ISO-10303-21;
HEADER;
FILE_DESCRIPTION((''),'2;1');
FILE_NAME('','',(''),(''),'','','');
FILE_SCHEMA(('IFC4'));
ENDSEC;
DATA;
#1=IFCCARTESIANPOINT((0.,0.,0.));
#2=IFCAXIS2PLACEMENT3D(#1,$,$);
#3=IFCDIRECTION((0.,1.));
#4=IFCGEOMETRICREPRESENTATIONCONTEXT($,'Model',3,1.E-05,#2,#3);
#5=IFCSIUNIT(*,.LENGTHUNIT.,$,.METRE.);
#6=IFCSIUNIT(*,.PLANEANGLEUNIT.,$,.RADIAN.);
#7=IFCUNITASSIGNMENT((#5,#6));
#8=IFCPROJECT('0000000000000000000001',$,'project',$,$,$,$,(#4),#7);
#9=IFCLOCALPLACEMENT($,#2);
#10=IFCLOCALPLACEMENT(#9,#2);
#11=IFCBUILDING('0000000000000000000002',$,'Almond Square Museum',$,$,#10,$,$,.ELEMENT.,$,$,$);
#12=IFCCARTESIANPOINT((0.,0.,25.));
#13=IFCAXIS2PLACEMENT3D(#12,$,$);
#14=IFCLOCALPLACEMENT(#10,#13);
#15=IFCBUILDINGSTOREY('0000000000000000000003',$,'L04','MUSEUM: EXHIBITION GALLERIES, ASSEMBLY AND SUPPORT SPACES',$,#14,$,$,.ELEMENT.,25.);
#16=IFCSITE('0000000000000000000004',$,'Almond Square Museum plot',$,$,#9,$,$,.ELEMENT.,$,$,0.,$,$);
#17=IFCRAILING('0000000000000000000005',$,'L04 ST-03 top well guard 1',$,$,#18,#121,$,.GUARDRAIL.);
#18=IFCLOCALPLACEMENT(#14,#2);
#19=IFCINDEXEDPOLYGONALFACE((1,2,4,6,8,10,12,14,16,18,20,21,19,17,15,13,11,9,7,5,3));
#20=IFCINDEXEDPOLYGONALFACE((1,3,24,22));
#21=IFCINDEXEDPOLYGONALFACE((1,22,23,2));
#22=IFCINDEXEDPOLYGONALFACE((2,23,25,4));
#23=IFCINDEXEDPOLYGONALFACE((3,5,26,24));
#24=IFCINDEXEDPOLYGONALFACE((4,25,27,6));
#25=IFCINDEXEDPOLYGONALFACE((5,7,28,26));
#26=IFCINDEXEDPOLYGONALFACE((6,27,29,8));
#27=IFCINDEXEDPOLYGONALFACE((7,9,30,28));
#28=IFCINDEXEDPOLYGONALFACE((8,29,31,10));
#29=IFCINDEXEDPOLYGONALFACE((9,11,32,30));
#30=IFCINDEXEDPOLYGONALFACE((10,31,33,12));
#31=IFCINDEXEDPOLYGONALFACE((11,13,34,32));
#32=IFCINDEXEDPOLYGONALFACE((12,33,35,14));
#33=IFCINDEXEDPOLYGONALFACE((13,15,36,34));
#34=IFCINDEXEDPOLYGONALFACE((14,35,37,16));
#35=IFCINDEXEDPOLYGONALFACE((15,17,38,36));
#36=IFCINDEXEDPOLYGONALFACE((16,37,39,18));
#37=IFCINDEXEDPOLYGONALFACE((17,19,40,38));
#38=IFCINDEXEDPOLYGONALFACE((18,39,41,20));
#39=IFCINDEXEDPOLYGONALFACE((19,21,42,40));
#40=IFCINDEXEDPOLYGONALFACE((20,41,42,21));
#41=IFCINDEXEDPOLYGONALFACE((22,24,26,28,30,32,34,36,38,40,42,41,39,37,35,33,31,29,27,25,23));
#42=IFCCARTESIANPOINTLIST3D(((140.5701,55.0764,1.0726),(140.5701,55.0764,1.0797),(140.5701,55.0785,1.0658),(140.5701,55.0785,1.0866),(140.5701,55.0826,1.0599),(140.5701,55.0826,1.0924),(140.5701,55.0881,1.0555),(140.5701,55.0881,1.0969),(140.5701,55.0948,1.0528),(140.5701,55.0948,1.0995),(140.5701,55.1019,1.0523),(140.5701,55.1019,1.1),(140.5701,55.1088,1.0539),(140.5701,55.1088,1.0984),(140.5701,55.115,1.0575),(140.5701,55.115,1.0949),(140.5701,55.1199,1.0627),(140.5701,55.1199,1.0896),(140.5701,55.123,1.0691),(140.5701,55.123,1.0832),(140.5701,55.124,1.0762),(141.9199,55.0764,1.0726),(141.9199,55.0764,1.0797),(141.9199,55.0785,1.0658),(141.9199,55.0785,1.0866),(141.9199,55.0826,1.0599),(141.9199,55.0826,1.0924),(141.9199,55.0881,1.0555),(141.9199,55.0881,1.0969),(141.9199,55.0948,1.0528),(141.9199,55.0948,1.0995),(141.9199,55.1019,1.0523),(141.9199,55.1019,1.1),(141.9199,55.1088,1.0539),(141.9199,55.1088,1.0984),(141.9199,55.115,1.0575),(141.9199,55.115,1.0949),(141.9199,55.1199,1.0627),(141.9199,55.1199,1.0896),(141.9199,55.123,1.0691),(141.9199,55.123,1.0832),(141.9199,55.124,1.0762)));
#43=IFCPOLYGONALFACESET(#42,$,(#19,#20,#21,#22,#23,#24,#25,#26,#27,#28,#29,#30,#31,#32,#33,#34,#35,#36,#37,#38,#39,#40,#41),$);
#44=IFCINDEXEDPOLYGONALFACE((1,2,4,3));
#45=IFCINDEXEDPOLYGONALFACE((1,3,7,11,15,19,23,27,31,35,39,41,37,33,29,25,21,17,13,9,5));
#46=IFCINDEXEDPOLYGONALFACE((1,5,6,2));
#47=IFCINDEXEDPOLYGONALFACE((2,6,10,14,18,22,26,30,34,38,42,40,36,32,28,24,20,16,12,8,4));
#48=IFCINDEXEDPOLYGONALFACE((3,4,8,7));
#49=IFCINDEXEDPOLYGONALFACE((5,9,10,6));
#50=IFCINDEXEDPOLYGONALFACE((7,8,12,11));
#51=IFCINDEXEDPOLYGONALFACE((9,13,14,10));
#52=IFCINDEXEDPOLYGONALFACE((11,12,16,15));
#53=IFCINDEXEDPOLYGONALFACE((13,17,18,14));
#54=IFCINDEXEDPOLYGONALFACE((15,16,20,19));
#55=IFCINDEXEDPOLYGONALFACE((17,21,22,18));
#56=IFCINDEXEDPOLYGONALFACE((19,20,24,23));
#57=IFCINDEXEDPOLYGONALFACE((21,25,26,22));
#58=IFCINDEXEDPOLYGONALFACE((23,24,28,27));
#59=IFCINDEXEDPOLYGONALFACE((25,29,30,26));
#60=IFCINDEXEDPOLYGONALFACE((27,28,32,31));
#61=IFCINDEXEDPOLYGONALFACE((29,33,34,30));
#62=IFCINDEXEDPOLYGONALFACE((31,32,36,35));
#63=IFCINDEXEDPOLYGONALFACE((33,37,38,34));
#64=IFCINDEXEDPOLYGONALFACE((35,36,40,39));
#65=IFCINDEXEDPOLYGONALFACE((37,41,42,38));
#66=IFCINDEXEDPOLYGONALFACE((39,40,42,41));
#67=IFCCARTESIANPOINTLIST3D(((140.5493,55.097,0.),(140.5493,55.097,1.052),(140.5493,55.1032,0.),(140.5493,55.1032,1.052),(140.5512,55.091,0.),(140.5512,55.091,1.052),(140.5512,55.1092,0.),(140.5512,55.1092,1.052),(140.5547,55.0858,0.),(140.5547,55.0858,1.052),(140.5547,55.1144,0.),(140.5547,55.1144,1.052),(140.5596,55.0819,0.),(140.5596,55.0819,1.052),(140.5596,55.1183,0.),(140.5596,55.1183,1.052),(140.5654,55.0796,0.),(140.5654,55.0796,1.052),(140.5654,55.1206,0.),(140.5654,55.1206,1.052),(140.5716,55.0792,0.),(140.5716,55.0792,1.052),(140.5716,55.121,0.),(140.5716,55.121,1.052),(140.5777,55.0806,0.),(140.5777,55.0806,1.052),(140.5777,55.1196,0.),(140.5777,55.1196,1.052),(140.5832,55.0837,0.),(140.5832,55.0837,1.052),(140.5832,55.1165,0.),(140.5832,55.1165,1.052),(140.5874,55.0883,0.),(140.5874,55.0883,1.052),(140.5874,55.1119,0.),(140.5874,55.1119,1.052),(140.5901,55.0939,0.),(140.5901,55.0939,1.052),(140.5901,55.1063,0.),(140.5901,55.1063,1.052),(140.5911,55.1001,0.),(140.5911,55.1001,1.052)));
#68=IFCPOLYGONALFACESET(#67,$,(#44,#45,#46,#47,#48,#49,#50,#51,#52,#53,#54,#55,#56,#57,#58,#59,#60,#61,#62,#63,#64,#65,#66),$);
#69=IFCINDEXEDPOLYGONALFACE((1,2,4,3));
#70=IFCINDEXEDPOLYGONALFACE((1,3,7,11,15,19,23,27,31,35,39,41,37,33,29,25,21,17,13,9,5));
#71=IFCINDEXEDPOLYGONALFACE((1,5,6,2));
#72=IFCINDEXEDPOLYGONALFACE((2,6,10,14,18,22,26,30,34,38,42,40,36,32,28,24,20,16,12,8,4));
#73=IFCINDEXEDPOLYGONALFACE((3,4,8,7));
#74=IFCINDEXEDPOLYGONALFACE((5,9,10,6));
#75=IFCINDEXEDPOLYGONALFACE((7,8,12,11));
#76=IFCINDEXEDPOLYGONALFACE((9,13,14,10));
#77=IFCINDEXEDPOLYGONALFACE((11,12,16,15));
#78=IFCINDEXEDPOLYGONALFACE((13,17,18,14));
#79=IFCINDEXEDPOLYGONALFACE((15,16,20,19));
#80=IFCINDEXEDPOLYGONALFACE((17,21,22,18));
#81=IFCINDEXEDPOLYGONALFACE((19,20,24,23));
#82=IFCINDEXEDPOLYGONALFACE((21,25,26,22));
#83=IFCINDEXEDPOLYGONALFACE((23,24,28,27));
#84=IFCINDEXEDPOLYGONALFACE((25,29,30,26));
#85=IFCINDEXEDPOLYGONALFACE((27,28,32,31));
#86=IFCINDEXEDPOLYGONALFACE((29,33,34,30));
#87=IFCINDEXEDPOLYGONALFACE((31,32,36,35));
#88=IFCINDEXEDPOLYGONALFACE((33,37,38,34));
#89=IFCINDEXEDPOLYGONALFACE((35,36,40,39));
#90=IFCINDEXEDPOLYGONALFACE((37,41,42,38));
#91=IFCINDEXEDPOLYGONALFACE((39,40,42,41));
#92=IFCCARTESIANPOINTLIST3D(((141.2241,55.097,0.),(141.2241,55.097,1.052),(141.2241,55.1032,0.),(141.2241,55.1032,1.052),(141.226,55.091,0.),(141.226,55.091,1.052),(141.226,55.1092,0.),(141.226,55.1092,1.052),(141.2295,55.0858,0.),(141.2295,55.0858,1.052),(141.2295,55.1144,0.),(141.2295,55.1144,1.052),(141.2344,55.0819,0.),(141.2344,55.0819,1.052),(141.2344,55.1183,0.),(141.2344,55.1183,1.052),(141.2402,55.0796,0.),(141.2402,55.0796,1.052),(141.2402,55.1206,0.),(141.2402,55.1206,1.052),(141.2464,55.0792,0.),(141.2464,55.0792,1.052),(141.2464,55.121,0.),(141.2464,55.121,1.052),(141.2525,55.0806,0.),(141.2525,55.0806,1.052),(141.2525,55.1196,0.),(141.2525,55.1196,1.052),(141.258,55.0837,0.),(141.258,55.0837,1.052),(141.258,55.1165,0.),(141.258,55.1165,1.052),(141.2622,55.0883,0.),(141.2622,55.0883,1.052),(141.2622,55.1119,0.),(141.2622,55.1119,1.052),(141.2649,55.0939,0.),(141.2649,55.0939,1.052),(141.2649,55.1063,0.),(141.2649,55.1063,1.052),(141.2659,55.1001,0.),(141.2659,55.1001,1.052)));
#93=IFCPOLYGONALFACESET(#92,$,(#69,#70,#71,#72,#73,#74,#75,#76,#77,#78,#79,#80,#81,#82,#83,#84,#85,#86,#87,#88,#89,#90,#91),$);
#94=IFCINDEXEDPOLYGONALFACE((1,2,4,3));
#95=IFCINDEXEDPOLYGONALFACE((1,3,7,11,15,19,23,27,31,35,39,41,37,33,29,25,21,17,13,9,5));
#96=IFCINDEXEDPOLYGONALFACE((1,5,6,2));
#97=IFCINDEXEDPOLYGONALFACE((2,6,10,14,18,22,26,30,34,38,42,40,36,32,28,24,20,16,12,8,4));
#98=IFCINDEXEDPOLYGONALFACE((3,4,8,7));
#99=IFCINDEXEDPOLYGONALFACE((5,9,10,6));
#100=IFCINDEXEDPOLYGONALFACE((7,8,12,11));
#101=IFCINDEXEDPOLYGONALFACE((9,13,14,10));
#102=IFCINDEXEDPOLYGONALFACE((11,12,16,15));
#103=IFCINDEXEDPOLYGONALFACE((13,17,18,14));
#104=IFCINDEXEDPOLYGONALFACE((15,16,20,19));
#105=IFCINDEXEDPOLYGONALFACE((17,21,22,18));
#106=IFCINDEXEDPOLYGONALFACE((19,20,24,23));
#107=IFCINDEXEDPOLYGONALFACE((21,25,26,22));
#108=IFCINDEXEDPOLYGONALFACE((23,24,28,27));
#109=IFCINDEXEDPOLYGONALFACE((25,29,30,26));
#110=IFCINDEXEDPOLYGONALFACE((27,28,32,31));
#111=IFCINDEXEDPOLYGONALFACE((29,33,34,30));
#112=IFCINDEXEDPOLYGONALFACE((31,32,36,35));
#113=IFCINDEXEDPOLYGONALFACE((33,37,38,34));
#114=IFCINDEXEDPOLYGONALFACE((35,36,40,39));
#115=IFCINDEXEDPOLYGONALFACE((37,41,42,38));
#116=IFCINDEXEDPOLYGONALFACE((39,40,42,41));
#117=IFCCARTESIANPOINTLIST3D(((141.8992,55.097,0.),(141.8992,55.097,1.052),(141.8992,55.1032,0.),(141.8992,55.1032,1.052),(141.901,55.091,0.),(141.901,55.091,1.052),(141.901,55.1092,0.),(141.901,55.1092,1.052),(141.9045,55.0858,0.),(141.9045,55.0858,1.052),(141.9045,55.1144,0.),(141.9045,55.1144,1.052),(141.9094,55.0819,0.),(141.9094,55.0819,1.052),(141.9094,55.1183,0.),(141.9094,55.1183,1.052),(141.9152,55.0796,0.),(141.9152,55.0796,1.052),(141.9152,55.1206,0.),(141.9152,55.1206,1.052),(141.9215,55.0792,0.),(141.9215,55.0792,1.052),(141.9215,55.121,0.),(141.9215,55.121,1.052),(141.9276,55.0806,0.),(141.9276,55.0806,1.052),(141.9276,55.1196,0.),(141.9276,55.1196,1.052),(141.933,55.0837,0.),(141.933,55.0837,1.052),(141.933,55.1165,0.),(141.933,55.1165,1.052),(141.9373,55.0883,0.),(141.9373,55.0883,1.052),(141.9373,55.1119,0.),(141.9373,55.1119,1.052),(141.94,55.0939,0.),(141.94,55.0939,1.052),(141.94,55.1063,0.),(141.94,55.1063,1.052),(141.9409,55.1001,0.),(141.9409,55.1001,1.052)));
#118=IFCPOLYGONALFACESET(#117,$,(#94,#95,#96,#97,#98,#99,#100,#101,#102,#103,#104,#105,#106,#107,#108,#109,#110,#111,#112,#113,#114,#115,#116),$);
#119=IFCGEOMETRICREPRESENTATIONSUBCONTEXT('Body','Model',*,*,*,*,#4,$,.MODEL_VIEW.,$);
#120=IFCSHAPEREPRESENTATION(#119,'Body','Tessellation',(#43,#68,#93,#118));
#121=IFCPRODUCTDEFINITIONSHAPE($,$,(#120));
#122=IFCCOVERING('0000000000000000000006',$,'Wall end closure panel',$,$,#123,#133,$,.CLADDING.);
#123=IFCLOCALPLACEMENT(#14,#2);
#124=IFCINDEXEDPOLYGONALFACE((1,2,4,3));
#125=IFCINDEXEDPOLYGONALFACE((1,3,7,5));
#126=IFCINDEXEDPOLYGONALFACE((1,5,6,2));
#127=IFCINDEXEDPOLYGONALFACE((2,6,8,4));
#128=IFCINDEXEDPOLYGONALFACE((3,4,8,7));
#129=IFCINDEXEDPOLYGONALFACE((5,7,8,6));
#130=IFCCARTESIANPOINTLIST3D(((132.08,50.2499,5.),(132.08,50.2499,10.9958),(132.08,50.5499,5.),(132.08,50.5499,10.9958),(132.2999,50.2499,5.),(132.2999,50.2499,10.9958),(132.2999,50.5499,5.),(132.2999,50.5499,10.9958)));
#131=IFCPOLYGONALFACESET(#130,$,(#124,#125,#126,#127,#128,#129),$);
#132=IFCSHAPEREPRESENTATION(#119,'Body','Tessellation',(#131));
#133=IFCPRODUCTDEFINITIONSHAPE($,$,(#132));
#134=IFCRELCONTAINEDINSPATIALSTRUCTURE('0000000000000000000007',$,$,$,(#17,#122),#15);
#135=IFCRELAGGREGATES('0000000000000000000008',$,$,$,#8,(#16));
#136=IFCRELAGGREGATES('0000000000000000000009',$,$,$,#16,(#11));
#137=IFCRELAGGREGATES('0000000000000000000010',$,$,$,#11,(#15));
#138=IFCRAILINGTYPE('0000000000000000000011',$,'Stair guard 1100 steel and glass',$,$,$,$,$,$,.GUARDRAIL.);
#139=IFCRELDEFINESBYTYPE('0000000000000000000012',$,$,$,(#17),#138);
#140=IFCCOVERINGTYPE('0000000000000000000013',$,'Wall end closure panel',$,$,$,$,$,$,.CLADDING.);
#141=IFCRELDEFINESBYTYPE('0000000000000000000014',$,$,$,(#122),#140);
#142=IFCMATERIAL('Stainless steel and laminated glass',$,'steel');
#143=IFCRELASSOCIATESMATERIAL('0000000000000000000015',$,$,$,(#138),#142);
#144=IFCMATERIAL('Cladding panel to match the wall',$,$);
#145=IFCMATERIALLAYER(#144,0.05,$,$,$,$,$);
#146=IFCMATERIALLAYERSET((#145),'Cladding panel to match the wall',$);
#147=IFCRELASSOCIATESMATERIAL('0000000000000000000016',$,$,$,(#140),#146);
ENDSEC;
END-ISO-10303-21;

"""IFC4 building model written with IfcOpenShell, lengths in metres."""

from ifc_helpers import new_model, si_unit, direction, frame, origin, origin_2d, place, context, subcontext, project, spatial, rectangle, circle, extrude, material, layer, layer_set, type_object, element, save


model = new_model("IFC4")

# Units and contexts
model_context = context("Model", 3, precision=1e-05, world=origin(), true_north=direction((0.0, 1.0)))
body_context = subcontext(model_context, "Body", "Model", "MODEL_VIEW")
ifc_project = project(units=[si_unit("LENGTHUNIT", "METRE"), si_unit("PLANEANGLEUNIT", "RADIAN")], contexts=[model_context])

# Site, building, storey
site_placement = place(None, origin())
site = spatial("IfcSite", under=ifc_project, at=site_placement, Name="Almond Square Museum plot", CompositionType="ELEMENT", RefElevation=0.0)
building_placement = place(site_placement, origin())
building = spatial("IfcBuilding", under=site, at=building_placement, Name="Almond Square Museum", CompositionType="ELEMENT")
storey_placement = place(building_placement, frame((0.0, 0.0, 25.0)))
storey = spatial("IfcBuildingStorey", under=building, at=storey_placement, Name="L04", Description="MUSEUM: EXHIBITION GALLERIES, ASSEMBLY AND SUPPORT SPACES", CompositionType="ELEMENT", Elevation=25.0)

# Railing
ifc_material_1 = material(Name="Stainless steel and laminated glass", Category="steel")
railing_type = type_object("IfcRailingType", Name="Stair guard 1100 steel and glass", PredefinedType="GUARDRAIL", material=ifc_material_1)
railing_placement = place(storey_placement, frame((140.5701, 55.1001, 0.0)))
element("IfcRailing", 1, at=railing_placement, inside=storey, type_object=railing_type, Name="L04 ST-03 top well guard 1", PredefinedType="GUARDRAIL", context=body_context, shape_type="SweptSolid", body=[
    extrude(circle(Radius=0.0239, at=origin_2d()), frame((0.0, 0.0, 1.0762), z_axis=(1.0, 0.0, 0.0), x_axis=(0.0, 1.0, 0.0)), (0.0, 0.0, 1.0), 1.3499),
    extrude(circle(Radius=0.021, at=origin_2d()), origin(), (0.0, 0.0, 1.0), 1.052),
    extrude(circle(Radius=0.021, at=origin_2d()), frame((0.6748, 0.0, 0.0)), (0.0, 0.0, 1.0), 1.052),
    extrude(circle(Radius=0.021, at=origin_2d()), frame((1.3499, 0.0, 0.0)), (0.0, 0.0, 1.0), 1.052),
])

# Covering
ifc_material_2 = material(Name="Cladding panel to match the wall")
ifc_layer_1 = layer(ifc_material_2, 0.05)
ifc_layer_set_1 = layer_set([ifc_layer_1], Name="Cladding panel to match the wall")
covering_type_1 = type_object("IfcCoveringType", Name="Wall end closure panel", PredefinedType="CLADDING", material=ifc_layer_set_1)
covering_placement = place(storey_placement, frame((132.1899, 50.3999, 5.0), z_axis=(0.0, 0.0, 1.0), x_axis=(1.0, 0.0, 0.0)))
element("IfcCovering", 2, at=covering_placement, inside=storey, type_object=covering_type_1, Name="Wall end closure panel", PredefinedType="CLADDING", context=body_context, shape_type="SweptSolid", body=[
    extrude(rectangle(XDim=0.22, YDim=0.3, at=origin_2d()), origin(), (0.0, 0.0, 1.0), 5.9958),
])

save(model, "model.ifc")
